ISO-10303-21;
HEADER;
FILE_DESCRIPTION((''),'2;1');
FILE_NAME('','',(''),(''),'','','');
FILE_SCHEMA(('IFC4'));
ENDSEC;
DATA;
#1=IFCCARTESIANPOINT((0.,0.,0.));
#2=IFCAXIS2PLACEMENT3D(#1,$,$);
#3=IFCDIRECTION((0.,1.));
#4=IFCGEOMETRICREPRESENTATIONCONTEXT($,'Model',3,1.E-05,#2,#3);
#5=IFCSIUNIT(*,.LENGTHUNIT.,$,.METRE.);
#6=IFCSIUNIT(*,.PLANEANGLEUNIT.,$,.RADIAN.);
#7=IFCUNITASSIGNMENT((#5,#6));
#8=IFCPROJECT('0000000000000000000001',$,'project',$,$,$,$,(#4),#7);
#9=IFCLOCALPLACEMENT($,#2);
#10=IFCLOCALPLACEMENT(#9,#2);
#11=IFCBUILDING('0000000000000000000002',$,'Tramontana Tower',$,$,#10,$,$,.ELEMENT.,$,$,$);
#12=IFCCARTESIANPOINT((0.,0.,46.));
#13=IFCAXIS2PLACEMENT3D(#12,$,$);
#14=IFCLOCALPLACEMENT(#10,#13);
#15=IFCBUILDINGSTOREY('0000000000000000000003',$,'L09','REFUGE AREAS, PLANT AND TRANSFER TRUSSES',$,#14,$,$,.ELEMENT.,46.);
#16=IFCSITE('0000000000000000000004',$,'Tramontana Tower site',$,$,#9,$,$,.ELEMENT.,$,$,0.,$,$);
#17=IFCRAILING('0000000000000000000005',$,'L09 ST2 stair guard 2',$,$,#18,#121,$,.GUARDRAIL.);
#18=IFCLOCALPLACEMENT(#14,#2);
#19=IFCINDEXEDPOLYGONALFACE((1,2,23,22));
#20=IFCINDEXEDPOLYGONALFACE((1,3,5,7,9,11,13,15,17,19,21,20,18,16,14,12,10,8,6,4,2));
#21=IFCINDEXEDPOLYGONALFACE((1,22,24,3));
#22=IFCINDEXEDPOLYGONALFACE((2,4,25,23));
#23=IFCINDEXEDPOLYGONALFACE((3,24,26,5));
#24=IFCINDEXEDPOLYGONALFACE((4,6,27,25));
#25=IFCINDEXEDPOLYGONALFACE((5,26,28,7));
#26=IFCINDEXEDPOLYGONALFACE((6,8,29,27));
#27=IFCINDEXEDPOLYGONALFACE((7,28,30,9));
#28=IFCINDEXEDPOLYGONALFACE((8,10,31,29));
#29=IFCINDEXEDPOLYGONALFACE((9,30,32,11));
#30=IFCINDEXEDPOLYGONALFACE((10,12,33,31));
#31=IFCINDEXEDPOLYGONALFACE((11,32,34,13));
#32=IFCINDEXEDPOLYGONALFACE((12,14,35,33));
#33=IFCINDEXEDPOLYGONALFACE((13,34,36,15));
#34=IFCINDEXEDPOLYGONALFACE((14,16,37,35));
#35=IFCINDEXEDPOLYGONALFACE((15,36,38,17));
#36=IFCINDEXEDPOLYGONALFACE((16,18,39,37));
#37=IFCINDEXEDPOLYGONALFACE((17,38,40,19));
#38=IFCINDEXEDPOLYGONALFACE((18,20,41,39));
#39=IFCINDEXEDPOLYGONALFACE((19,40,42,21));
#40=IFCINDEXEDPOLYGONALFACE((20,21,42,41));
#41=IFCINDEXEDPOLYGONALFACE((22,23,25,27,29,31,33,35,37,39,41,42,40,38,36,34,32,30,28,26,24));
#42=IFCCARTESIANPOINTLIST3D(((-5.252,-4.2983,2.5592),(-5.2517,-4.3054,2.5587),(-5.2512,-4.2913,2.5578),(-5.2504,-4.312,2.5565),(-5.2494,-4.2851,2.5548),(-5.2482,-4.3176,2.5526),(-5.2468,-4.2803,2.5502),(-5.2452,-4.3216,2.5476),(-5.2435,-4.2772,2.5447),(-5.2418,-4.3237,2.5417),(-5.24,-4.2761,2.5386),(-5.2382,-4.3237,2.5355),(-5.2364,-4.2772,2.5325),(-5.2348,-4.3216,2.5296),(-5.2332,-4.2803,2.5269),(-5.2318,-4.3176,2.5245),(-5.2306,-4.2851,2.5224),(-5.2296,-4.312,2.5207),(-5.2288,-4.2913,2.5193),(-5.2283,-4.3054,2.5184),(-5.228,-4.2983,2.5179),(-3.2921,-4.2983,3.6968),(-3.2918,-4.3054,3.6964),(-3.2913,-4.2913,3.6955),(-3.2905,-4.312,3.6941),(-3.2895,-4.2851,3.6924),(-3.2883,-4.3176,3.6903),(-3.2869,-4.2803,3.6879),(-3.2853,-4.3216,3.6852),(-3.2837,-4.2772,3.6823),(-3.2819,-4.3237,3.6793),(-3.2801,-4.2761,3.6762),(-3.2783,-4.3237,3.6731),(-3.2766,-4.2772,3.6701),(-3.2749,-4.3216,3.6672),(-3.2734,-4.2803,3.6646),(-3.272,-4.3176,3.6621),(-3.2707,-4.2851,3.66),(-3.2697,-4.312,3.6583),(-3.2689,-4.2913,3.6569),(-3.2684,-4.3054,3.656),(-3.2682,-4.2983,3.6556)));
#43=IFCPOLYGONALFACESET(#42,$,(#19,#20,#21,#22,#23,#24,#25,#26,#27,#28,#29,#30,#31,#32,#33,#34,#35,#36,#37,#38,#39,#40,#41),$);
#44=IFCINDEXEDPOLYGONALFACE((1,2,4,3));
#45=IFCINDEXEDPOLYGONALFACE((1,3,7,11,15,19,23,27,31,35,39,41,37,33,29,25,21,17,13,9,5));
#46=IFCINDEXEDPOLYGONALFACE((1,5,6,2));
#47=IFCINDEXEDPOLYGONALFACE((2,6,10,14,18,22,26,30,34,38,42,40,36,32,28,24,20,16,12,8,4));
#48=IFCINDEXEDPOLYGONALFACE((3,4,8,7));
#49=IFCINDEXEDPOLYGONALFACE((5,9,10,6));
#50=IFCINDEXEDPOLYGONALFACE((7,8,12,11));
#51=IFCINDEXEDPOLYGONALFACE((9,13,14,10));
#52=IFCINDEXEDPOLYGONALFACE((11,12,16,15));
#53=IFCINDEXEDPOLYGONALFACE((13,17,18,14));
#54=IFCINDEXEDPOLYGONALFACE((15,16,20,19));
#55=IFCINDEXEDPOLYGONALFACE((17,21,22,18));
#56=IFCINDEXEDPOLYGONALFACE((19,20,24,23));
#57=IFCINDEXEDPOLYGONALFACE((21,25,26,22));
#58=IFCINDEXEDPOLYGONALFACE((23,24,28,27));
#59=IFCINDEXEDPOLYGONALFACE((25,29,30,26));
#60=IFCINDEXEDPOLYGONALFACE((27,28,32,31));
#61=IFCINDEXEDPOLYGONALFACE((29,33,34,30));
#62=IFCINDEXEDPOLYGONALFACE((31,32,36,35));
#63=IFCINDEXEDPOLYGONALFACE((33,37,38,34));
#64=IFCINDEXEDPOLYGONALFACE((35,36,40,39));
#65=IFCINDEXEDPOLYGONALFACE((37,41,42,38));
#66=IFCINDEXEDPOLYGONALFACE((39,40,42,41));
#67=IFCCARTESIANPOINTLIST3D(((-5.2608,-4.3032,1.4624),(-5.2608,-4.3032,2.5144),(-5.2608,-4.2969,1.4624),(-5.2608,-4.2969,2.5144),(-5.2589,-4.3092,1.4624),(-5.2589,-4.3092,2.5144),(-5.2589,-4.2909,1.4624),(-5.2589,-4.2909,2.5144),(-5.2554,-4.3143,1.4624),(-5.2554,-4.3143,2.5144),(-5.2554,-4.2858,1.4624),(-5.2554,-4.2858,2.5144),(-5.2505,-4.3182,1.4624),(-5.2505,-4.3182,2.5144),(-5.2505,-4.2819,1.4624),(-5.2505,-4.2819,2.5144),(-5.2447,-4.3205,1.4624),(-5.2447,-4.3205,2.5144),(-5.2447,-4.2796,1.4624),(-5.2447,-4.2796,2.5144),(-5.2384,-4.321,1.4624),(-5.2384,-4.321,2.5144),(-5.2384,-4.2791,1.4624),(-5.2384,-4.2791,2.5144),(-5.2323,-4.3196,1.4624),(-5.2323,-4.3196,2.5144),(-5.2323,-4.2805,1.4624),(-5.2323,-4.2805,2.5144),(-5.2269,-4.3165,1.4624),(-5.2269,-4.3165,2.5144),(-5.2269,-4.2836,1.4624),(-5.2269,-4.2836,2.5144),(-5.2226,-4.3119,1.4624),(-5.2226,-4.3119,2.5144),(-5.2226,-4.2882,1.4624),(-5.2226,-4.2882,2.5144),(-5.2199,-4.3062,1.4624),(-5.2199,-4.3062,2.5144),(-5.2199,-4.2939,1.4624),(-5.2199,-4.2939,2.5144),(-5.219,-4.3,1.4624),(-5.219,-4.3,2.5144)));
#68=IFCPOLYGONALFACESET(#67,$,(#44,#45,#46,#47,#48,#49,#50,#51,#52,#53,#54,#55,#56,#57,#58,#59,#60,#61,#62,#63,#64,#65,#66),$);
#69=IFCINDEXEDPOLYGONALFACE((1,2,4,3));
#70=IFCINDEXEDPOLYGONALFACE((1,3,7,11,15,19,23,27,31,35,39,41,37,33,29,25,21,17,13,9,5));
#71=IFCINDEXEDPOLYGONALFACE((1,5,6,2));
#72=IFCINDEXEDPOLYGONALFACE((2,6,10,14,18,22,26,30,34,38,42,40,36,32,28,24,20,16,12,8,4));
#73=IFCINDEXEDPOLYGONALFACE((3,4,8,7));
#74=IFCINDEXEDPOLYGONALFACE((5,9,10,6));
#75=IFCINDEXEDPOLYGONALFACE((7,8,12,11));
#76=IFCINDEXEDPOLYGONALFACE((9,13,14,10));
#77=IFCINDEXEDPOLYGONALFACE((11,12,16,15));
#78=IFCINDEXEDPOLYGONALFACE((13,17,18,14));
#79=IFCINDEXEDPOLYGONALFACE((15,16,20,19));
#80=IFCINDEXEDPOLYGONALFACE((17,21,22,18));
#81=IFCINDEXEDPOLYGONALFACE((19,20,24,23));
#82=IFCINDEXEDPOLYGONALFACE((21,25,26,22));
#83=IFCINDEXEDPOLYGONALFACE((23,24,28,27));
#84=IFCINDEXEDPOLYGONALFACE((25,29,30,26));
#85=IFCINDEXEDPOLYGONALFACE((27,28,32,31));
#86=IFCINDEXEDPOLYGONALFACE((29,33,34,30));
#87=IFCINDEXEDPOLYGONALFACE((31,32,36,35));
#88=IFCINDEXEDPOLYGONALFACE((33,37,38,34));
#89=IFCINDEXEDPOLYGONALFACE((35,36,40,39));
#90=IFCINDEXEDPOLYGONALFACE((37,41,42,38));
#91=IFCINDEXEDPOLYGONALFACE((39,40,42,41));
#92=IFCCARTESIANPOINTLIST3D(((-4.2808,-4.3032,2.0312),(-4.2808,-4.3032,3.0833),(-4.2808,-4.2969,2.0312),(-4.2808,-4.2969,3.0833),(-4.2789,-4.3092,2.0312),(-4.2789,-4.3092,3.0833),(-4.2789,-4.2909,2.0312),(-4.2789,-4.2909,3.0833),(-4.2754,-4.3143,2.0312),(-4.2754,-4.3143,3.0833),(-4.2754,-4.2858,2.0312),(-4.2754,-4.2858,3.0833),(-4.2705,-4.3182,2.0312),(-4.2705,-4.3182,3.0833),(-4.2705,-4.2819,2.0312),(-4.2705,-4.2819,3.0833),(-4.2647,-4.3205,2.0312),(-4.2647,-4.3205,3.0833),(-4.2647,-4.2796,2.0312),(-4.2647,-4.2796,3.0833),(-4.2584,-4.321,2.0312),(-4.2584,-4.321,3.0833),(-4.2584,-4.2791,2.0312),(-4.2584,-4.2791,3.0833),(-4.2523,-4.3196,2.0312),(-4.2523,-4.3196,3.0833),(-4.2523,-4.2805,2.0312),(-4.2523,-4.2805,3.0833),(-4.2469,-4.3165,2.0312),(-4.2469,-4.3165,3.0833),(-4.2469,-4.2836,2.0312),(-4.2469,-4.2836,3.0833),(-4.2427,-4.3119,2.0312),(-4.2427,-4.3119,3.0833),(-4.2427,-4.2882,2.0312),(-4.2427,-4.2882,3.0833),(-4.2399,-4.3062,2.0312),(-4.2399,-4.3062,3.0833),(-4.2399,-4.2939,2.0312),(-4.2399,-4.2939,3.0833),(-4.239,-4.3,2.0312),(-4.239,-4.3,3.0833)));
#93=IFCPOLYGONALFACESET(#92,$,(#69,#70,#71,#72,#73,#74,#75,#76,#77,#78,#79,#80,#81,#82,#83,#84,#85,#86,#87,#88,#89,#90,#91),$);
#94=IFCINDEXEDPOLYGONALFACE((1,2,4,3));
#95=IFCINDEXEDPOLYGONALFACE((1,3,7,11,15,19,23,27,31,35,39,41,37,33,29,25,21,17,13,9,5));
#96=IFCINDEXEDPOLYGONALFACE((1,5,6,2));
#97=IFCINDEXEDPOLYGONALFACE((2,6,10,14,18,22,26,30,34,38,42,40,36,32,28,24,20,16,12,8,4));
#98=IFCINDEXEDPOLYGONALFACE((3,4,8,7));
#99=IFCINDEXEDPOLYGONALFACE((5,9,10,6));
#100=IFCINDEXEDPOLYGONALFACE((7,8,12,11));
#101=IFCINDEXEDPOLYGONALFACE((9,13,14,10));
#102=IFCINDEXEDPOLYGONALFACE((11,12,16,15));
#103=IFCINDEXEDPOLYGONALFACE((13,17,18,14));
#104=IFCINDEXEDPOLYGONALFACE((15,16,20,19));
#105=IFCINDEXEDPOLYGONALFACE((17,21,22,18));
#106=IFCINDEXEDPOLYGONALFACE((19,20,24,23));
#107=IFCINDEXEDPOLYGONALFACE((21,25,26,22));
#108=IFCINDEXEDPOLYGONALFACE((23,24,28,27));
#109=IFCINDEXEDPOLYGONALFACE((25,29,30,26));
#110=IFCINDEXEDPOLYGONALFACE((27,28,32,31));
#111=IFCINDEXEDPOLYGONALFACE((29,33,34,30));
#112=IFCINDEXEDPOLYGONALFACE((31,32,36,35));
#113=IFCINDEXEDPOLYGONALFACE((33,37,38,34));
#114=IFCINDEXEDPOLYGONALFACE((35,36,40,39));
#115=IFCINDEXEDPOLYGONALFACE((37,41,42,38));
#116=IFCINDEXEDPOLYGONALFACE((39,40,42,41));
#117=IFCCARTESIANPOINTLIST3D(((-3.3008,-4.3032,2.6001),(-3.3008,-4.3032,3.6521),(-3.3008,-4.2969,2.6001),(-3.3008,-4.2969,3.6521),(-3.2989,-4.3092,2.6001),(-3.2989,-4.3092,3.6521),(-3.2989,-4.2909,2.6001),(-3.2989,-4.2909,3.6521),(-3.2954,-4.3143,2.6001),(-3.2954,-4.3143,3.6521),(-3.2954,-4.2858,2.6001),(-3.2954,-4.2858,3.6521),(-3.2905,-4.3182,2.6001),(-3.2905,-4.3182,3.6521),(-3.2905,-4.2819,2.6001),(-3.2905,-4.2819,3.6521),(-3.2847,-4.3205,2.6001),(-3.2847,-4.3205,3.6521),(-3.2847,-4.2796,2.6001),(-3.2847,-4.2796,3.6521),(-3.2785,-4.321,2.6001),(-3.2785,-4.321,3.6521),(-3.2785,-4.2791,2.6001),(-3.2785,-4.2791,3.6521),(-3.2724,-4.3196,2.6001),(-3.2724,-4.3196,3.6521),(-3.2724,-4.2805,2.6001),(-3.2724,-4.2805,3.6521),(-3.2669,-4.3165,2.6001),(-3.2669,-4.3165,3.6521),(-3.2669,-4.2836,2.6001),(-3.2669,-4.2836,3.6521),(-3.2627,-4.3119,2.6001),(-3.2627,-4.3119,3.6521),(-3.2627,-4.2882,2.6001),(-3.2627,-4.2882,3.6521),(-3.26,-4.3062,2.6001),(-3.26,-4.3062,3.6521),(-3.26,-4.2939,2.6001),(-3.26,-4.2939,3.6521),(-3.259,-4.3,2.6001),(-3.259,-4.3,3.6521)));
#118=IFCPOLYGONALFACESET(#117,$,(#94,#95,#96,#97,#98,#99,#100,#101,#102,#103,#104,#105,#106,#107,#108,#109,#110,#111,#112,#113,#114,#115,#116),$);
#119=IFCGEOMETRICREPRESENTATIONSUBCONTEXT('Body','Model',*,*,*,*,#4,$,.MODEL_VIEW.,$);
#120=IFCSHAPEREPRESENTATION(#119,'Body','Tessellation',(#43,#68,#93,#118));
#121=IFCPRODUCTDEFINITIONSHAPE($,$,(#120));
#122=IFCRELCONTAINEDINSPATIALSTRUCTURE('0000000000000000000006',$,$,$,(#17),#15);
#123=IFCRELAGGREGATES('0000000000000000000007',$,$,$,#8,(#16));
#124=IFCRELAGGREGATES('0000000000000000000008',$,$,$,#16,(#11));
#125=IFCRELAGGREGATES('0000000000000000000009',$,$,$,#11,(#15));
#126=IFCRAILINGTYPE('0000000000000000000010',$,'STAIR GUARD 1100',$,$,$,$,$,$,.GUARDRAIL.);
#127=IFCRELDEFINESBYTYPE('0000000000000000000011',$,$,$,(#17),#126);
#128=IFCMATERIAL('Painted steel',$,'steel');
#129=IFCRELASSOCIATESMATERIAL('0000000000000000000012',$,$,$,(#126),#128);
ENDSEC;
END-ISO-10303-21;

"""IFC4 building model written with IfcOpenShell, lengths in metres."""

from ifc_helpers import new_model, si_unit, direction, frame, origin, origin_2d, place, context, subcontext, project, spatial, circle, extrude, material, type_object, element, save


model = new_model("IFC4")

# Units and contexts
model_context = context("Model", 3, precision=1e-05, world=origin(), true_north=direction((0.0, 1.0)))
body_context = subcontext(model_context, "Body", "Model", "MODEL_VIEW")
ifc_project = project(units=[si_unit("LENGTHUNIT", "METRE"), si_unit("PLANEANGLEUNIT", "RADIAN")], contexts=[model_context])

# Site, building, storey
site_placement = place(None, origin())
site = spatial("IfcSite", under=ifc_project, at=site_placement, Name="Tramontana Tower site", CompositionType="ELEMENT", RefElevation=0.0)
building_placement = place(site_placement, origin())
building = spatial("IfcBuilding", under=site, at=building_placement, Name="Tramontana Tower", CompositionType="ELEMENT")
storey_placement = place(building_placement, frame((0.0, 0.0, 46.0)))
storey = spatial("IfcBuildingStorey", under=building, at=storey_placement, Name="L09", Description="REFUGE AREAS, PLANT AND TRANSFER TRUSSES", CompositionType="ELEMENT", Elevation=46.0)

# Railing
ifc_material_1 = material(Name="Painted steel", Category="steel")
railing_type_1 = type_object("IfcRailingType", Name="STAIR GUARD 1100", PredefinedType="GUARDRAIL", material=ifc_material_1)
railing_1_placement = place(storey_placement, frame((-5.24, -4.3, 1.4624)))
element("IfcRailing", 1, at=railing_1_placement, inside=storey, type_object=railing_type_1, Name="L09 ST2 stair guard 2", PredefinedType="GUARDRAIL", context=body_context, shape_type="SweptSolid", body=[
    extrude(circle(Radius=0.0239, at=origin_2d()), frame((0.0, 0.0, 1.0762), z_axis=(0.864855, 0.0, 0.502021), x_axis=(0.0, 1.0, 0.0)), (0.0, 0.0, 1.0), 2.2661),
    extrude(circle(Radius=0.021, at=origin_2d()), origin(), (0.0, 0.0, 1.0), 1.052),
    extrude(circle(Radius=0.021, at=origin_2d()), frame((0.98, 0.0, 0.5688)), (0.0, 0.0, 1.0), 1.052),
    extrude(circle(Radius=0.021, at=origin_2d()), frame((1.96, 0.0, 1.1377)), (0.0, 0.0, 1.0), 1.052),
])

save(model, "model.ifc")
